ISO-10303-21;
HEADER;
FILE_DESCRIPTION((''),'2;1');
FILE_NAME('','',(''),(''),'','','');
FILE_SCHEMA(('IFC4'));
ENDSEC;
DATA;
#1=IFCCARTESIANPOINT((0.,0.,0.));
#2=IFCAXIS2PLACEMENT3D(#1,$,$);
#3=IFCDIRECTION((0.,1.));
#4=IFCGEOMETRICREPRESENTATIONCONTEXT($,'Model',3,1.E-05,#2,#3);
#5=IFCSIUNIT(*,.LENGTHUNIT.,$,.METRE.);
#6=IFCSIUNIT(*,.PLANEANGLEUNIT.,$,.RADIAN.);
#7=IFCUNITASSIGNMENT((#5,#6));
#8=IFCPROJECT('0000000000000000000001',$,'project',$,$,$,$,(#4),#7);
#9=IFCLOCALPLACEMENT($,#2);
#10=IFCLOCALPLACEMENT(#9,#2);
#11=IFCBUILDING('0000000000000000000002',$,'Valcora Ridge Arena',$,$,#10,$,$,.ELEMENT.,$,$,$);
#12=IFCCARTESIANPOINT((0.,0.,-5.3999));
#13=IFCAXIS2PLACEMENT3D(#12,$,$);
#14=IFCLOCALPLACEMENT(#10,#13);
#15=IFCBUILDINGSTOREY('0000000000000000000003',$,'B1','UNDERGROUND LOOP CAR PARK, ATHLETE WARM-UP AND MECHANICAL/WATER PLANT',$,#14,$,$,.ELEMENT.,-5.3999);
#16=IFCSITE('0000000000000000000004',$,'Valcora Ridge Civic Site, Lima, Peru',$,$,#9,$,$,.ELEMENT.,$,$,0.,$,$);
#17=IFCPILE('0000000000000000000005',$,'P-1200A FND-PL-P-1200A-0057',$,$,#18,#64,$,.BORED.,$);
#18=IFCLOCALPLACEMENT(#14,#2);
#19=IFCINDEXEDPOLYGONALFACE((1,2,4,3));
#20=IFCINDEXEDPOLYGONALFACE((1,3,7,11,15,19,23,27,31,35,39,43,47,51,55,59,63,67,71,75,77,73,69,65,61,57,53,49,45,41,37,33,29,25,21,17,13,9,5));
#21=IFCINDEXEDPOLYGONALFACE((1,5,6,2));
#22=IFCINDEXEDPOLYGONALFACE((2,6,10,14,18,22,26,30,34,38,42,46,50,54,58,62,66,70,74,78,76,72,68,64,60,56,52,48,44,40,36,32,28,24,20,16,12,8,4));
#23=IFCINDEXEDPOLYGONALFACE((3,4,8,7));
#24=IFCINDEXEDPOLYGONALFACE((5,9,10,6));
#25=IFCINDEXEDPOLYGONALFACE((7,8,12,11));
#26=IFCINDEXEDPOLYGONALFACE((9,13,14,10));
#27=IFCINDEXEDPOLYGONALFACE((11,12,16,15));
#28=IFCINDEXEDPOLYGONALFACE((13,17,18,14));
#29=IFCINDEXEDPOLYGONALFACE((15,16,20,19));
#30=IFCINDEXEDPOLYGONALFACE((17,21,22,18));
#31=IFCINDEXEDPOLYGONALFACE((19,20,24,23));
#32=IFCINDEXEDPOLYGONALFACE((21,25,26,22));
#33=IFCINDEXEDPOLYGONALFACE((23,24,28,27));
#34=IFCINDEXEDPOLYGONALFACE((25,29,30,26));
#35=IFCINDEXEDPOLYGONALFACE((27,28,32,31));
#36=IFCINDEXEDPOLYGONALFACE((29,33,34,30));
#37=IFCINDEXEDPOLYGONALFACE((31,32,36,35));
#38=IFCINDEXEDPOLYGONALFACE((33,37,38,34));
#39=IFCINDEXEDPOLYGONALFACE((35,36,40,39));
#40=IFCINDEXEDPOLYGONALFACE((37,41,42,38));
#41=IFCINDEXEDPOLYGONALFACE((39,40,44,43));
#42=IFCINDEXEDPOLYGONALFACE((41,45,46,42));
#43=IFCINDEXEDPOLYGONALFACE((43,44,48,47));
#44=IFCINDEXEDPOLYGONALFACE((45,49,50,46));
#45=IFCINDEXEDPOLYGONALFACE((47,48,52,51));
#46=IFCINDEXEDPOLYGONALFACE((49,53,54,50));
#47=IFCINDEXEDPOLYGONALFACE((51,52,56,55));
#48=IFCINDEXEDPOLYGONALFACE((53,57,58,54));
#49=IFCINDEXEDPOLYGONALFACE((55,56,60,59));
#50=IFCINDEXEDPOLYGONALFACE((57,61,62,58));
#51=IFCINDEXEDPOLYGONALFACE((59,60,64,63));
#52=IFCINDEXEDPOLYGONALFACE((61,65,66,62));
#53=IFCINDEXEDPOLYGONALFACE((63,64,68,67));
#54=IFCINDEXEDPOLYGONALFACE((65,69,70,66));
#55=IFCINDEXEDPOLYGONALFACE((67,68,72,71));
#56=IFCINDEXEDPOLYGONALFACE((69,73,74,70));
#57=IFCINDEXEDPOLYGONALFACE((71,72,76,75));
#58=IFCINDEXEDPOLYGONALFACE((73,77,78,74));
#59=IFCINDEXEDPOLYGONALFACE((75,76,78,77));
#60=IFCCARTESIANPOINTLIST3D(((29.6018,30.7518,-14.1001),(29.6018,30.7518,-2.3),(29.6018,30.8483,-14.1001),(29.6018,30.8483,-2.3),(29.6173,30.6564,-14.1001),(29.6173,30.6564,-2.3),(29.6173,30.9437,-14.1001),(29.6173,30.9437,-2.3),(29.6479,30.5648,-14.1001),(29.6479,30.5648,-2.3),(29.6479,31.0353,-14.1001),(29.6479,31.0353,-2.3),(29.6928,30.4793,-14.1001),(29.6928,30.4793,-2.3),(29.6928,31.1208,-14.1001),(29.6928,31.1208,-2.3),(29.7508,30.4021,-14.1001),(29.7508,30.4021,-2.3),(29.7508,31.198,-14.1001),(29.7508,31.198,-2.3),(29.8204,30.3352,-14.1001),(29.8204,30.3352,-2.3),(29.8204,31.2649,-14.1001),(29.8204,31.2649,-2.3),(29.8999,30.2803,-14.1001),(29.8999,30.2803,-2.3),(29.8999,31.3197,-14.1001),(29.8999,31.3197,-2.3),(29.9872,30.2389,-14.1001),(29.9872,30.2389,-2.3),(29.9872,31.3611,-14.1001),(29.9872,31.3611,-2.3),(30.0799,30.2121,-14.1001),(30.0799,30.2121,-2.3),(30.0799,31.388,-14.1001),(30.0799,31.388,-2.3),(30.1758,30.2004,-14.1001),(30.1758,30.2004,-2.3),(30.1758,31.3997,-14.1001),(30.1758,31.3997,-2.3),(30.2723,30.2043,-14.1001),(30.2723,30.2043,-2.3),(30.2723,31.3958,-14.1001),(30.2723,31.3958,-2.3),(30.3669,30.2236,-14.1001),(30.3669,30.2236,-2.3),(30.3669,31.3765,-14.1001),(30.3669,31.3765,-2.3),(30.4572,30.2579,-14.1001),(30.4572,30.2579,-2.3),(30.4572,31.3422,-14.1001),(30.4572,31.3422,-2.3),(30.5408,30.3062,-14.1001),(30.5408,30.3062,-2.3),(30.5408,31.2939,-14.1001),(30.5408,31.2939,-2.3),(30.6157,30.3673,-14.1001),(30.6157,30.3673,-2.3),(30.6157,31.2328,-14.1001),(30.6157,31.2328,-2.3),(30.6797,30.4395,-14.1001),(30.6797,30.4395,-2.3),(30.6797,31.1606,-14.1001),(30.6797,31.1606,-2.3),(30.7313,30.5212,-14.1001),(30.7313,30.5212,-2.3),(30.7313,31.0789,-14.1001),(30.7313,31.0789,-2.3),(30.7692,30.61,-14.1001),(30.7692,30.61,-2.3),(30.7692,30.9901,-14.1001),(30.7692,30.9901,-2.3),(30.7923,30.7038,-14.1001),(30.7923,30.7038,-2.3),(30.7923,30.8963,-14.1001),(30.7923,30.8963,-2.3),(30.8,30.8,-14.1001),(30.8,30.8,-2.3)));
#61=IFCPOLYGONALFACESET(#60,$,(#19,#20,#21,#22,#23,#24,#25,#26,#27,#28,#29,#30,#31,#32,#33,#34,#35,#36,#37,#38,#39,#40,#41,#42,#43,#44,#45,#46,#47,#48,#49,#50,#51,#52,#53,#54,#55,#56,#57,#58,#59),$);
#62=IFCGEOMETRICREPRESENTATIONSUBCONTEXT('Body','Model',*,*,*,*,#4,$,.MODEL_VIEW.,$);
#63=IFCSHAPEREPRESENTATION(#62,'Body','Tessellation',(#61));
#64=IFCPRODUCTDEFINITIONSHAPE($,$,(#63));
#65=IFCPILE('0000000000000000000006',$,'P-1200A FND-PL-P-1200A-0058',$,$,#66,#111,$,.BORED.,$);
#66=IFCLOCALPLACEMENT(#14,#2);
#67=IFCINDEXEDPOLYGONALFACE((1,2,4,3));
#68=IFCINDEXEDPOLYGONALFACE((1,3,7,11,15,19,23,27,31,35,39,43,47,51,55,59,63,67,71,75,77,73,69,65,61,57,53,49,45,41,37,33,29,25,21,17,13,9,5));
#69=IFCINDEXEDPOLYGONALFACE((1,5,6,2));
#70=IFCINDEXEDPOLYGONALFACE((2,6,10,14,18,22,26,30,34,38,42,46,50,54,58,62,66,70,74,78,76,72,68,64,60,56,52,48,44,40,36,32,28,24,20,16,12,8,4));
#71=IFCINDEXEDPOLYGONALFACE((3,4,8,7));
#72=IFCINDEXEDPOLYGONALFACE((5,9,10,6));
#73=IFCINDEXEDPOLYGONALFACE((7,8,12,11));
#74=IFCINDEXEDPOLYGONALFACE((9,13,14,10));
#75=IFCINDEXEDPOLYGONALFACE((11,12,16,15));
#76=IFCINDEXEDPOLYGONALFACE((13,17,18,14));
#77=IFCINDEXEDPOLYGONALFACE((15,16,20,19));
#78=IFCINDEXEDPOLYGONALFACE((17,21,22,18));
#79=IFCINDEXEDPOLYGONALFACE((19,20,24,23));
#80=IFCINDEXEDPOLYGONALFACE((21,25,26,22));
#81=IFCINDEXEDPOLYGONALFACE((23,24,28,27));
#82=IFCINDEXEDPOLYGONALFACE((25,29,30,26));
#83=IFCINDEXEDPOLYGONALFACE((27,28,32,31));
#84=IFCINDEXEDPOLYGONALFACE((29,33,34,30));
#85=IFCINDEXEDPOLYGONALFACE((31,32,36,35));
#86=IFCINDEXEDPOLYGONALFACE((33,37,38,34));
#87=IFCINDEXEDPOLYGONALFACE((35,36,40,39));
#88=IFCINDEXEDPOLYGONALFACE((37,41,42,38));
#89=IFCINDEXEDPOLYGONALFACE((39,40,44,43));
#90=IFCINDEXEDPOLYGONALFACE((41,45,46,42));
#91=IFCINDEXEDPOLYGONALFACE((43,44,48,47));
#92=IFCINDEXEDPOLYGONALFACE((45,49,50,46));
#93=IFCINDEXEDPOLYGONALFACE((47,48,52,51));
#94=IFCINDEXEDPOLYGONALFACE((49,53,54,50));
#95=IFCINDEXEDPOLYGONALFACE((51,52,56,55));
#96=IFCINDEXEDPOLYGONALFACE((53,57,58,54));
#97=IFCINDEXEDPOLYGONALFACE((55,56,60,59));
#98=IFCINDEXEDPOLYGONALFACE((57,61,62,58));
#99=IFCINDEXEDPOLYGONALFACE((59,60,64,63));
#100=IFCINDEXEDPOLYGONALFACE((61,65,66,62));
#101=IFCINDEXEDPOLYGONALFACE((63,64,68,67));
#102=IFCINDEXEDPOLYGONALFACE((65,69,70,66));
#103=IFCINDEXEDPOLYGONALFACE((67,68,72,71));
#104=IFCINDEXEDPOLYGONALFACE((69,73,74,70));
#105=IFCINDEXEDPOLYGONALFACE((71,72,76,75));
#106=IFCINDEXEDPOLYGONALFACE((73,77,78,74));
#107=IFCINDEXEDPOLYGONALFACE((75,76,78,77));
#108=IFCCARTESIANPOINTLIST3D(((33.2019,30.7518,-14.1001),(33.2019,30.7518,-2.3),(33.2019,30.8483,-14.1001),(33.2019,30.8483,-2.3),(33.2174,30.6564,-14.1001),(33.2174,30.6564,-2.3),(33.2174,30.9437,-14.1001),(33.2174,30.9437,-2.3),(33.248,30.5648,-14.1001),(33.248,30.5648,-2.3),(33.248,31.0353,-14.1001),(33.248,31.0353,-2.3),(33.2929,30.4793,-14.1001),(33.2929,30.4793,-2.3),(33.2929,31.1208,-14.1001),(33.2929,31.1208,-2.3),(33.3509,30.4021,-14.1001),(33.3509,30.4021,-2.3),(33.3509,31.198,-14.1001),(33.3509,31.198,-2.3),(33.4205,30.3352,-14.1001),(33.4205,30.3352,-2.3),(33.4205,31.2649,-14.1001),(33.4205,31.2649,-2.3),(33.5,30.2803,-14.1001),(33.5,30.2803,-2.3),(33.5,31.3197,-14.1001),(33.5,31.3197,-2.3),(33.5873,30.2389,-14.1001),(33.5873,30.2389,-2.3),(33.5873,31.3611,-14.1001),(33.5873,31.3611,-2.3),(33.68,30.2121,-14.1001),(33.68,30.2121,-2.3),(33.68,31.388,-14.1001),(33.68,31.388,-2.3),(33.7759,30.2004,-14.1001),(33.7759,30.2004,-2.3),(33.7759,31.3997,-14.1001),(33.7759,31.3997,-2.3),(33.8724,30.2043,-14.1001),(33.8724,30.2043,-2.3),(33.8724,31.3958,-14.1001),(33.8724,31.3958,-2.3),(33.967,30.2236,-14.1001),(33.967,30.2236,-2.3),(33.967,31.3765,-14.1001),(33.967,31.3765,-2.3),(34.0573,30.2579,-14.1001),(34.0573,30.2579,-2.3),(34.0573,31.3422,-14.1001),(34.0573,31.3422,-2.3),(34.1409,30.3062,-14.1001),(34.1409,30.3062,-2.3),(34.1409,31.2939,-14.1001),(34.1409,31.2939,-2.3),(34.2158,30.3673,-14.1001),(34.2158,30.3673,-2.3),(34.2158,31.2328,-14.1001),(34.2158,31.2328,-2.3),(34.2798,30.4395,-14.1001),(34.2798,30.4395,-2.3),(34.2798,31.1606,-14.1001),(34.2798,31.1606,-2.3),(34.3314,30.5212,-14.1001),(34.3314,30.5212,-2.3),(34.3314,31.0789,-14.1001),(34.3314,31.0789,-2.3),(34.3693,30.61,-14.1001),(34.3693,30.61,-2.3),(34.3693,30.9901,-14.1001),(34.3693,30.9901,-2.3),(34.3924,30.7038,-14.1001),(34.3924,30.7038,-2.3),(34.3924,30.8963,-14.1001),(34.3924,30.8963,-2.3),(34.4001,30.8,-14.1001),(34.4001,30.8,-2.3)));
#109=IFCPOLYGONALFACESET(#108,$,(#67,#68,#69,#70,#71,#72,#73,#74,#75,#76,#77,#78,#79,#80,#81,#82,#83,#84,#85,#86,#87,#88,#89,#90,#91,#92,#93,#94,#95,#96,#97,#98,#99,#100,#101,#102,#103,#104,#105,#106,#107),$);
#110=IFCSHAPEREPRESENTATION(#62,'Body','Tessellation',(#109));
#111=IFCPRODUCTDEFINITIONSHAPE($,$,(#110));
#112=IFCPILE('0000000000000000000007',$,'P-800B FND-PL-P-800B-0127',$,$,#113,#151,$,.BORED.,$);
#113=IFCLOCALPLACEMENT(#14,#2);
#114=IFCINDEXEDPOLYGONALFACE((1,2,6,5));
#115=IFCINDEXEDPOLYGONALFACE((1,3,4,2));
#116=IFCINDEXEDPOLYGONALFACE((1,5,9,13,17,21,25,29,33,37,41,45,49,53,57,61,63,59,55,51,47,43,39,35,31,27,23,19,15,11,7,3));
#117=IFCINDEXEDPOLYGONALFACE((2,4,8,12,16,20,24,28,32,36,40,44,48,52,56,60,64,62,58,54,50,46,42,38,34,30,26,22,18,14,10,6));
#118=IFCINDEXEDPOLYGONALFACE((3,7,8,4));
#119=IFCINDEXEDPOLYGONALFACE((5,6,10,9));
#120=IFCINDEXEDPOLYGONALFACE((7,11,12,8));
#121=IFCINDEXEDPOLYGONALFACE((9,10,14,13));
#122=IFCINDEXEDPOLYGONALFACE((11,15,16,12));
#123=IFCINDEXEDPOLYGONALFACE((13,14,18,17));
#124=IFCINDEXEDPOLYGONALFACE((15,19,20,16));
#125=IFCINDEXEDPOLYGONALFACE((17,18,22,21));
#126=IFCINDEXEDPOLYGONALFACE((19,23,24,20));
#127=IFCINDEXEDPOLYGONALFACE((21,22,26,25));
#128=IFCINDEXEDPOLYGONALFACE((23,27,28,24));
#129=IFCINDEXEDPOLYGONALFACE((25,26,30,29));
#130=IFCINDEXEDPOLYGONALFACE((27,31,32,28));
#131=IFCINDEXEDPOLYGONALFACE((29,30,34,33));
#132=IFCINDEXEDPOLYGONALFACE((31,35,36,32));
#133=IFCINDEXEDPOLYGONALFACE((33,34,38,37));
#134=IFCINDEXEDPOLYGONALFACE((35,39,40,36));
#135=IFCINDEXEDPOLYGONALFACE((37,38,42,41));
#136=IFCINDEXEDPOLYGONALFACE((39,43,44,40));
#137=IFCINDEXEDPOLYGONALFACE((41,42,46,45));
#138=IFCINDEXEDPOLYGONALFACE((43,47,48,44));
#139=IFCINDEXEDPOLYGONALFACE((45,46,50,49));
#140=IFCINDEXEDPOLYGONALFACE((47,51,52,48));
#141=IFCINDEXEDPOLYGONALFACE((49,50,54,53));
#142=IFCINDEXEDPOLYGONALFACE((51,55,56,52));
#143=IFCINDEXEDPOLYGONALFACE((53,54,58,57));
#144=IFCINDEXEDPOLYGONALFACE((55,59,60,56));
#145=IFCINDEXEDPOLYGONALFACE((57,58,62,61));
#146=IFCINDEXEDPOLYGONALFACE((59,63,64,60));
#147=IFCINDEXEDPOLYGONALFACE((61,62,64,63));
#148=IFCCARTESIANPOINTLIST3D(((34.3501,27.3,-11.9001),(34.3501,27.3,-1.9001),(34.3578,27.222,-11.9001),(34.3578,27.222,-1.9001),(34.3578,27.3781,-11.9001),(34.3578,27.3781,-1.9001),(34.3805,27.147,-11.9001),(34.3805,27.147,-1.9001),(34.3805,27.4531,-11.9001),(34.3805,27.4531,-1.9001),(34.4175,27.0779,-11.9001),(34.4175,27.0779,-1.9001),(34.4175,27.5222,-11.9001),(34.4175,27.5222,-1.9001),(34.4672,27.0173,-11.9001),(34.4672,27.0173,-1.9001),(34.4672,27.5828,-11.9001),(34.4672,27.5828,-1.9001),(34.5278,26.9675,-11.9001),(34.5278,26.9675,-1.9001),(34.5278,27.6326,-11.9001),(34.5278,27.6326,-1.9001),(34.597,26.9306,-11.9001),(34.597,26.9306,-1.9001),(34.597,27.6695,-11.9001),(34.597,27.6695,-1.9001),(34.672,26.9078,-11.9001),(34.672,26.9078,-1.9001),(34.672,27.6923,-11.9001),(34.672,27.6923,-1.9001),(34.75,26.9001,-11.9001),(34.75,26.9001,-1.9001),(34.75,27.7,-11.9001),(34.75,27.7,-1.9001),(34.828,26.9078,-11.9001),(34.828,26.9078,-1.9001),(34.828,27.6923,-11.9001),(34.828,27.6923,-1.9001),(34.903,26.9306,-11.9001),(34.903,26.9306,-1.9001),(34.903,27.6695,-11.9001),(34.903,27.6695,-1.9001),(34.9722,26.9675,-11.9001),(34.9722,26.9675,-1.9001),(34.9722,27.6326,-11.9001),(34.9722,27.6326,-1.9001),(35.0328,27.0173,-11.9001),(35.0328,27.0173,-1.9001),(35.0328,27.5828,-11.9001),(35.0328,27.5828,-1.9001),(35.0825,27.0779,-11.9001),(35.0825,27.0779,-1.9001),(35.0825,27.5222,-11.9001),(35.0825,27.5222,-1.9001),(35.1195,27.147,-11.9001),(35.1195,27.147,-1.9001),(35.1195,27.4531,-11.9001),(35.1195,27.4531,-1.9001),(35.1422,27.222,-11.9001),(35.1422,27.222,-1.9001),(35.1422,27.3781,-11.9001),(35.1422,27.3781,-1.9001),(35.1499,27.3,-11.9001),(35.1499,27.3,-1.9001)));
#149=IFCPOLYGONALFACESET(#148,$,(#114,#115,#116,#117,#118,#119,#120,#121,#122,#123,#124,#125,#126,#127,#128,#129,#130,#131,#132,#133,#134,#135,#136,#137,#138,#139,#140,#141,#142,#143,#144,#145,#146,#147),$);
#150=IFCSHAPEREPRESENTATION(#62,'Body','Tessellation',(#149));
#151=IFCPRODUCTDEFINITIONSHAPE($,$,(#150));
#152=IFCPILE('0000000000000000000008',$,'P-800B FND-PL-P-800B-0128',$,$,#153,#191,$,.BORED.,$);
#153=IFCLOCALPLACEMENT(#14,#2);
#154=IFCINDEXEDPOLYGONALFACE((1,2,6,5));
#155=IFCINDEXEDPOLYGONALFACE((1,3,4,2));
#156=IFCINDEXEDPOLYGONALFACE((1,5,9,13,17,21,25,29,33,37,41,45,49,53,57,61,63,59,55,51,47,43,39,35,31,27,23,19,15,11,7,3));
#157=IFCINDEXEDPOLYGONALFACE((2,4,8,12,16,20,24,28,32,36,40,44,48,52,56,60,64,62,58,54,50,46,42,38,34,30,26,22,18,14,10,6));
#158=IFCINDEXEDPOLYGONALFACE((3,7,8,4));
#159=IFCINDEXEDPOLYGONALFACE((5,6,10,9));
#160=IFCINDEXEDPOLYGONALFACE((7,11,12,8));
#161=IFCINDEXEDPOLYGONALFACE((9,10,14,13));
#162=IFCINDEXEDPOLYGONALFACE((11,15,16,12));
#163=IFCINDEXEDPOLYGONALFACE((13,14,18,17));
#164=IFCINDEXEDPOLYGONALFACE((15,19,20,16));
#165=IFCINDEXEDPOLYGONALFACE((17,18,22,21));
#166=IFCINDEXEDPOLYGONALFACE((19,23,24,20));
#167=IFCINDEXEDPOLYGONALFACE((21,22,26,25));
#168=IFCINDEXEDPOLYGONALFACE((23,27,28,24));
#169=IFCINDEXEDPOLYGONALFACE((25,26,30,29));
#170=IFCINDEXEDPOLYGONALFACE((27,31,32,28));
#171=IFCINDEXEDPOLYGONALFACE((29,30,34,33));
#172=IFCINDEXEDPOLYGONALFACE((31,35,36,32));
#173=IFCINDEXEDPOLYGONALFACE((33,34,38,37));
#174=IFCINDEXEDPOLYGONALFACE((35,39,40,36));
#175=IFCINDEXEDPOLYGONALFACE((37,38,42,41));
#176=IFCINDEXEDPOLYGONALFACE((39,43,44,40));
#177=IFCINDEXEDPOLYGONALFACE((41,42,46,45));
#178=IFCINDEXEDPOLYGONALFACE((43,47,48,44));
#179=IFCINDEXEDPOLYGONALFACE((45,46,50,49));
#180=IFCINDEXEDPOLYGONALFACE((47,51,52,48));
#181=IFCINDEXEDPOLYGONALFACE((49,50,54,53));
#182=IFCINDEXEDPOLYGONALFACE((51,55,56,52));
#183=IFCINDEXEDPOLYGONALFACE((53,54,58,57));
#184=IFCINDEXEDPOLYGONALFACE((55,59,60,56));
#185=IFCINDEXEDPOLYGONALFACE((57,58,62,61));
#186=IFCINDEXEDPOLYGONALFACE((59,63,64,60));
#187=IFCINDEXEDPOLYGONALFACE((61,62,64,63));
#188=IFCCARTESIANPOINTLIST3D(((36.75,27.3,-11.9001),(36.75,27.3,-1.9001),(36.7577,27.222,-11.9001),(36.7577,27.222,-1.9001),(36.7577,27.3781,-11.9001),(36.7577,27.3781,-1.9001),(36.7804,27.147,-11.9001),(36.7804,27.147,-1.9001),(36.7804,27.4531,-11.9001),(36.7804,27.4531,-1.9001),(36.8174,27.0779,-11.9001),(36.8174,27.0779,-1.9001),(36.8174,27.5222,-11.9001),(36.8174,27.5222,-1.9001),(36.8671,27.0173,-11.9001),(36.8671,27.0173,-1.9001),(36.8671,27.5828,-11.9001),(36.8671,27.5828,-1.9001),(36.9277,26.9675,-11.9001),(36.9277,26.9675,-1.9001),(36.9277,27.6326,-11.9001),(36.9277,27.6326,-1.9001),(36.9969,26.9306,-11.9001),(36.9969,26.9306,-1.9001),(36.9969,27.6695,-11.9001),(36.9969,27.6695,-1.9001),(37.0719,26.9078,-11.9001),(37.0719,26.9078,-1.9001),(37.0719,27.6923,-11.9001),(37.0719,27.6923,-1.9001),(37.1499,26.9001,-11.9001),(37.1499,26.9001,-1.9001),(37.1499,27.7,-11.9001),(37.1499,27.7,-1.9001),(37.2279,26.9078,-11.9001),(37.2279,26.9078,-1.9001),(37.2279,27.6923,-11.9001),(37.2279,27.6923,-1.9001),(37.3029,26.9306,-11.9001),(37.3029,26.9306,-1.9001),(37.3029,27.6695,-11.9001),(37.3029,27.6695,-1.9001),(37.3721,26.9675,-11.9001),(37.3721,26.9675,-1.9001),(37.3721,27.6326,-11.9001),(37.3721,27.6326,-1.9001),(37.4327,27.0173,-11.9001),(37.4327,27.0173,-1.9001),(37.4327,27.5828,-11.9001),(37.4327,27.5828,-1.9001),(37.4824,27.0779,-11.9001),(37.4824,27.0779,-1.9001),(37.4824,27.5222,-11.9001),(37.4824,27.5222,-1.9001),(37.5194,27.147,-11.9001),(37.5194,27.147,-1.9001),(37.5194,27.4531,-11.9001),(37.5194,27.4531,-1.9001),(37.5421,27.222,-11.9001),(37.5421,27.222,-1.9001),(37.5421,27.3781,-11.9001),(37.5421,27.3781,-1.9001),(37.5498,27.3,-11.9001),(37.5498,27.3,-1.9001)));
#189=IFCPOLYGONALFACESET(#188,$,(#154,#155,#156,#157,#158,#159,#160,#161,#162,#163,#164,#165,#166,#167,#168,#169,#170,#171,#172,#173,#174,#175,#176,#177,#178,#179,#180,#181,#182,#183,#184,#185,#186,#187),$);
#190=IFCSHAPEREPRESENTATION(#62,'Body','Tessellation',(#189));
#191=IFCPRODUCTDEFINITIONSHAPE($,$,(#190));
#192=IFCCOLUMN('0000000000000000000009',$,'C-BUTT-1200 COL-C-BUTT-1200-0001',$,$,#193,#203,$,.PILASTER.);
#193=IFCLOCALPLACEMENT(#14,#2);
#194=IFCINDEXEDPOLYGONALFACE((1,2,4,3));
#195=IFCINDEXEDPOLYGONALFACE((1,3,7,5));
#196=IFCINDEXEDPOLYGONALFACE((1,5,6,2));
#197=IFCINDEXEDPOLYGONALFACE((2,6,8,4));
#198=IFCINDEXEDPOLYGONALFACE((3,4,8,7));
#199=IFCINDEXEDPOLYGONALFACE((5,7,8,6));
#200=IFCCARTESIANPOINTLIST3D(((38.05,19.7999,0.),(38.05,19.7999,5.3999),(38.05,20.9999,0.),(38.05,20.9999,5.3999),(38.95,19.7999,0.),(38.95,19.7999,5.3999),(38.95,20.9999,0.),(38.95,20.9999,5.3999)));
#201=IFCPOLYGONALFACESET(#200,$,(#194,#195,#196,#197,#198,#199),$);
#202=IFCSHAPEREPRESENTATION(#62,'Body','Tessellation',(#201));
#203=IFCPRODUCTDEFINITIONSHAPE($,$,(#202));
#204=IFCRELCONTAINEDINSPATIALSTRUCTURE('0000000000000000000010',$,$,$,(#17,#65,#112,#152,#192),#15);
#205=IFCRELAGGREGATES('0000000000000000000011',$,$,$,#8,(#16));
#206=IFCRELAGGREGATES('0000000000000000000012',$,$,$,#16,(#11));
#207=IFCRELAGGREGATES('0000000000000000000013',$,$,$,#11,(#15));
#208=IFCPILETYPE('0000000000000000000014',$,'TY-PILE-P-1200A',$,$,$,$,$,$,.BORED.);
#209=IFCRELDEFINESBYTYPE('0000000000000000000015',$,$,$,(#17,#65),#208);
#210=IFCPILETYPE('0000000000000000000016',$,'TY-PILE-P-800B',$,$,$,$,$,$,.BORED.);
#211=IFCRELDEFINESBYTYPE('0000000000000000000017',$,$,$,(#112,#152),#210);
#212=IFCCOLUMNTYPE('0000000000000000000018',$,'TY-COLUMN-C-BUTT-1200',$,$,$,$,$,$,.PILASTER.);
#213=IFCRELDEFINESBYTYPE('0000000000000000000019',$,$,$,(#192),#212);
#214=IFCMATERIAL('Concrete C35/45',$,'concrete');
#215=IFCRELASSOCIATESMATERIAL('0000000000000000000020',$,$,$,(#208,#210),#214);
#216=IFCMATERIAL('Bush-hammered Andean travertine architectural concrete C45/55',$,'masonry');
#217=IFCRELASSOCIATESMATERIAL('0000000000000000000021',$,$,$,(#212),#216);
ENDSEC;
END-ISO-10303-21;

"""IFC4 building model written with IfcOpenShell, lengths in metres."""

from ifc_helpers import new_model, si_unit, direction, frame, origin, origin_2d, place, context, subcontext, project, spatial, rectangle, circle, extrude, material, material_profile, profile_set, type_object, element, save


model = new_model("IFC4")

# Units and contexts
model_context = context("Model", 3, precision=1e-05, world=origin(), true_north=direction((0.0, 1.0)))
body_context = subcontext(model_context, "Body", "Model", "MODEL_VIEW")
ifc_project = project(units=[si_unit("LENGTHUNIT", "METRE"), si_unit("PLANEANGLEUNIT", "RADIAN")], contexts=[model_context])

# Site, building, storey
site_placement = place(None, origin())
site = spatial("IfcSite", under=ifc_project, at=site_placement, Name="Valcora Ridge Civic Site, Lima, Peru", CompositionType="ELEMENT", RefElevation=0.0)
building_placement = place(site_placement, origin())
building = spatial("IfcBuilding", under=site, at=building_placement, Name="Valcora Ridge Arena", CompositionType="ELEMENT")
storey_placement = place(building_placement, frame((0.0, 0.0, -5.3999)))
storey = spatial("IfcBuildingStorey", under=building, at=storey_placement, Name="B1", Description="UNDERGROUND LOOP CAR PARK, ATHLETE WARM-UP AND MECHANICAL/WATER PLANT", CompositionType="ELEMENT", Elevation=-5.3999)

# Piles
ifc_material_1 = material(Name="Concrete C35/45", Category="concrete")
ifc_material_profile_1 = material_profile(ifc_material_1, circle(Radius=0.6001, at=origin_2d()), Name="BORED PILE D1200")
ifc_profile_set_1 = profile_set([ifc_material_profile_1], Name="Concrete C35/45")
pile_type_1 = type_object("IfcPileType", Name="TY-PILE-P-1200A", PredefinedType="BORED", material=ifc_profile_set_1)
for number, where, z_axis, x_axis, name in (
    (1, (30.2, 30.8, -2.3), (0.0, 0.0, -1.0), (1.0, 0.0, 0.0), "P-1200A FND-PL-P-1200A-0057"),
    (2, (33.8, 30.8, -2.3), (0.0, 0.0, -1.0), (1.0, 0.0, 0.0), "P-1200A FND-PL-P-1200A-0058"),
):
    element("IfcPile", number, at=place(storey_placement, frame(where, z_axis=z_axis, x_axis=x_axis)), inside=storey, type_object=pile_type_1, Name=name, PredefinedType="BORED", context=body_context, shape_type="SweptSolid", body=[
        extrude(circle(Radius=0.6001, at=origin_2d()), origin(), (0.0, 0.0, 1.0), 11.8),
    ])
ifc_material_profile_2 = material_profile(ifc_material_1, circle(Radius=0.3999, at=origin_2d()), Name="BORED PILE D800")
ifc_profile_set_2 = profile_set([ifc_material_profile_2], Name="Concrete C35/45")
pile_type_2 = type_object("IfcPileType", Name="TY-PILE-P-800B", PredefinedType="BORED", material=ifc_profile_set_2)
for number, where, z_axis, x_axis, name in (
    (3, (34.75, 27.3, -1.9001), (0.0, 0.0, -1.0), (1.0, 0.0, 0.0), "P-800B FND-PL-P-800B-0127"),
    (4, (37.1499, 27.3, -1.9001), (0.0, 0.0, -1.0), (1.0, 0.0, 0.0), "P-800B FND-PL-P-800B-0128"),
):
    element("IfcPile", number, at=place(storey_placement, frame(where, z_axis=z_axis, x_axis=x_axis)), inside=storey, type_object=pile_type_2, Name=name, PredefinedType="BORED", context=body_context, shape_type="SweptSolid", body=[
        extrude(circle(Radius=0.3999, at=origin_2d()), origin(), (0.0, 0.0, 1.0), 10.0),
    ])

# Column
ifc_material_2 = material(Name="Bush-hammered Andean travertine architectural concrete C45/55", Category="masonry")
ifc_material_profile_3 = material_profile(ifc_material_2, rectangle(XDim=0.8999, YDim=1.2, at=origin_2d()), Name="RC 900x1200")
ifc_profile_set_3 = profile_set([ifc_material_profile_3], Name="Bush-hammered Andean travertine architectural concrete C45/55")
column_type_1 = type_object("IfcColumnType", Name="TY-COLUMN-C-BUTT-1200", PredefinedType="PILASTER", material=ifc_profile_set_3)
column_placement = place(storey_placement, frame((38.5, 20.3999, 0.0), z_axis=(0.0, 0.0, 1.0), x_axis=(1.0, 0.0, 0.0)))
element("IfcColumn", 5, at=column_placement, inside=storey, type_object=column_type_1, Name="C-BUTT-1200 COL-C-BUTT-1200-0001", PredefinedType="PILASTER", context=body_context, shape_type="SweptSolid", body=[
    extrude(rectangle(XDim=0.8999, YDim=1.2, at=origin_2d()), origin(), (0.0, 0.0, 1.0), 5.3999),
])

save(model, "model.ifc")
